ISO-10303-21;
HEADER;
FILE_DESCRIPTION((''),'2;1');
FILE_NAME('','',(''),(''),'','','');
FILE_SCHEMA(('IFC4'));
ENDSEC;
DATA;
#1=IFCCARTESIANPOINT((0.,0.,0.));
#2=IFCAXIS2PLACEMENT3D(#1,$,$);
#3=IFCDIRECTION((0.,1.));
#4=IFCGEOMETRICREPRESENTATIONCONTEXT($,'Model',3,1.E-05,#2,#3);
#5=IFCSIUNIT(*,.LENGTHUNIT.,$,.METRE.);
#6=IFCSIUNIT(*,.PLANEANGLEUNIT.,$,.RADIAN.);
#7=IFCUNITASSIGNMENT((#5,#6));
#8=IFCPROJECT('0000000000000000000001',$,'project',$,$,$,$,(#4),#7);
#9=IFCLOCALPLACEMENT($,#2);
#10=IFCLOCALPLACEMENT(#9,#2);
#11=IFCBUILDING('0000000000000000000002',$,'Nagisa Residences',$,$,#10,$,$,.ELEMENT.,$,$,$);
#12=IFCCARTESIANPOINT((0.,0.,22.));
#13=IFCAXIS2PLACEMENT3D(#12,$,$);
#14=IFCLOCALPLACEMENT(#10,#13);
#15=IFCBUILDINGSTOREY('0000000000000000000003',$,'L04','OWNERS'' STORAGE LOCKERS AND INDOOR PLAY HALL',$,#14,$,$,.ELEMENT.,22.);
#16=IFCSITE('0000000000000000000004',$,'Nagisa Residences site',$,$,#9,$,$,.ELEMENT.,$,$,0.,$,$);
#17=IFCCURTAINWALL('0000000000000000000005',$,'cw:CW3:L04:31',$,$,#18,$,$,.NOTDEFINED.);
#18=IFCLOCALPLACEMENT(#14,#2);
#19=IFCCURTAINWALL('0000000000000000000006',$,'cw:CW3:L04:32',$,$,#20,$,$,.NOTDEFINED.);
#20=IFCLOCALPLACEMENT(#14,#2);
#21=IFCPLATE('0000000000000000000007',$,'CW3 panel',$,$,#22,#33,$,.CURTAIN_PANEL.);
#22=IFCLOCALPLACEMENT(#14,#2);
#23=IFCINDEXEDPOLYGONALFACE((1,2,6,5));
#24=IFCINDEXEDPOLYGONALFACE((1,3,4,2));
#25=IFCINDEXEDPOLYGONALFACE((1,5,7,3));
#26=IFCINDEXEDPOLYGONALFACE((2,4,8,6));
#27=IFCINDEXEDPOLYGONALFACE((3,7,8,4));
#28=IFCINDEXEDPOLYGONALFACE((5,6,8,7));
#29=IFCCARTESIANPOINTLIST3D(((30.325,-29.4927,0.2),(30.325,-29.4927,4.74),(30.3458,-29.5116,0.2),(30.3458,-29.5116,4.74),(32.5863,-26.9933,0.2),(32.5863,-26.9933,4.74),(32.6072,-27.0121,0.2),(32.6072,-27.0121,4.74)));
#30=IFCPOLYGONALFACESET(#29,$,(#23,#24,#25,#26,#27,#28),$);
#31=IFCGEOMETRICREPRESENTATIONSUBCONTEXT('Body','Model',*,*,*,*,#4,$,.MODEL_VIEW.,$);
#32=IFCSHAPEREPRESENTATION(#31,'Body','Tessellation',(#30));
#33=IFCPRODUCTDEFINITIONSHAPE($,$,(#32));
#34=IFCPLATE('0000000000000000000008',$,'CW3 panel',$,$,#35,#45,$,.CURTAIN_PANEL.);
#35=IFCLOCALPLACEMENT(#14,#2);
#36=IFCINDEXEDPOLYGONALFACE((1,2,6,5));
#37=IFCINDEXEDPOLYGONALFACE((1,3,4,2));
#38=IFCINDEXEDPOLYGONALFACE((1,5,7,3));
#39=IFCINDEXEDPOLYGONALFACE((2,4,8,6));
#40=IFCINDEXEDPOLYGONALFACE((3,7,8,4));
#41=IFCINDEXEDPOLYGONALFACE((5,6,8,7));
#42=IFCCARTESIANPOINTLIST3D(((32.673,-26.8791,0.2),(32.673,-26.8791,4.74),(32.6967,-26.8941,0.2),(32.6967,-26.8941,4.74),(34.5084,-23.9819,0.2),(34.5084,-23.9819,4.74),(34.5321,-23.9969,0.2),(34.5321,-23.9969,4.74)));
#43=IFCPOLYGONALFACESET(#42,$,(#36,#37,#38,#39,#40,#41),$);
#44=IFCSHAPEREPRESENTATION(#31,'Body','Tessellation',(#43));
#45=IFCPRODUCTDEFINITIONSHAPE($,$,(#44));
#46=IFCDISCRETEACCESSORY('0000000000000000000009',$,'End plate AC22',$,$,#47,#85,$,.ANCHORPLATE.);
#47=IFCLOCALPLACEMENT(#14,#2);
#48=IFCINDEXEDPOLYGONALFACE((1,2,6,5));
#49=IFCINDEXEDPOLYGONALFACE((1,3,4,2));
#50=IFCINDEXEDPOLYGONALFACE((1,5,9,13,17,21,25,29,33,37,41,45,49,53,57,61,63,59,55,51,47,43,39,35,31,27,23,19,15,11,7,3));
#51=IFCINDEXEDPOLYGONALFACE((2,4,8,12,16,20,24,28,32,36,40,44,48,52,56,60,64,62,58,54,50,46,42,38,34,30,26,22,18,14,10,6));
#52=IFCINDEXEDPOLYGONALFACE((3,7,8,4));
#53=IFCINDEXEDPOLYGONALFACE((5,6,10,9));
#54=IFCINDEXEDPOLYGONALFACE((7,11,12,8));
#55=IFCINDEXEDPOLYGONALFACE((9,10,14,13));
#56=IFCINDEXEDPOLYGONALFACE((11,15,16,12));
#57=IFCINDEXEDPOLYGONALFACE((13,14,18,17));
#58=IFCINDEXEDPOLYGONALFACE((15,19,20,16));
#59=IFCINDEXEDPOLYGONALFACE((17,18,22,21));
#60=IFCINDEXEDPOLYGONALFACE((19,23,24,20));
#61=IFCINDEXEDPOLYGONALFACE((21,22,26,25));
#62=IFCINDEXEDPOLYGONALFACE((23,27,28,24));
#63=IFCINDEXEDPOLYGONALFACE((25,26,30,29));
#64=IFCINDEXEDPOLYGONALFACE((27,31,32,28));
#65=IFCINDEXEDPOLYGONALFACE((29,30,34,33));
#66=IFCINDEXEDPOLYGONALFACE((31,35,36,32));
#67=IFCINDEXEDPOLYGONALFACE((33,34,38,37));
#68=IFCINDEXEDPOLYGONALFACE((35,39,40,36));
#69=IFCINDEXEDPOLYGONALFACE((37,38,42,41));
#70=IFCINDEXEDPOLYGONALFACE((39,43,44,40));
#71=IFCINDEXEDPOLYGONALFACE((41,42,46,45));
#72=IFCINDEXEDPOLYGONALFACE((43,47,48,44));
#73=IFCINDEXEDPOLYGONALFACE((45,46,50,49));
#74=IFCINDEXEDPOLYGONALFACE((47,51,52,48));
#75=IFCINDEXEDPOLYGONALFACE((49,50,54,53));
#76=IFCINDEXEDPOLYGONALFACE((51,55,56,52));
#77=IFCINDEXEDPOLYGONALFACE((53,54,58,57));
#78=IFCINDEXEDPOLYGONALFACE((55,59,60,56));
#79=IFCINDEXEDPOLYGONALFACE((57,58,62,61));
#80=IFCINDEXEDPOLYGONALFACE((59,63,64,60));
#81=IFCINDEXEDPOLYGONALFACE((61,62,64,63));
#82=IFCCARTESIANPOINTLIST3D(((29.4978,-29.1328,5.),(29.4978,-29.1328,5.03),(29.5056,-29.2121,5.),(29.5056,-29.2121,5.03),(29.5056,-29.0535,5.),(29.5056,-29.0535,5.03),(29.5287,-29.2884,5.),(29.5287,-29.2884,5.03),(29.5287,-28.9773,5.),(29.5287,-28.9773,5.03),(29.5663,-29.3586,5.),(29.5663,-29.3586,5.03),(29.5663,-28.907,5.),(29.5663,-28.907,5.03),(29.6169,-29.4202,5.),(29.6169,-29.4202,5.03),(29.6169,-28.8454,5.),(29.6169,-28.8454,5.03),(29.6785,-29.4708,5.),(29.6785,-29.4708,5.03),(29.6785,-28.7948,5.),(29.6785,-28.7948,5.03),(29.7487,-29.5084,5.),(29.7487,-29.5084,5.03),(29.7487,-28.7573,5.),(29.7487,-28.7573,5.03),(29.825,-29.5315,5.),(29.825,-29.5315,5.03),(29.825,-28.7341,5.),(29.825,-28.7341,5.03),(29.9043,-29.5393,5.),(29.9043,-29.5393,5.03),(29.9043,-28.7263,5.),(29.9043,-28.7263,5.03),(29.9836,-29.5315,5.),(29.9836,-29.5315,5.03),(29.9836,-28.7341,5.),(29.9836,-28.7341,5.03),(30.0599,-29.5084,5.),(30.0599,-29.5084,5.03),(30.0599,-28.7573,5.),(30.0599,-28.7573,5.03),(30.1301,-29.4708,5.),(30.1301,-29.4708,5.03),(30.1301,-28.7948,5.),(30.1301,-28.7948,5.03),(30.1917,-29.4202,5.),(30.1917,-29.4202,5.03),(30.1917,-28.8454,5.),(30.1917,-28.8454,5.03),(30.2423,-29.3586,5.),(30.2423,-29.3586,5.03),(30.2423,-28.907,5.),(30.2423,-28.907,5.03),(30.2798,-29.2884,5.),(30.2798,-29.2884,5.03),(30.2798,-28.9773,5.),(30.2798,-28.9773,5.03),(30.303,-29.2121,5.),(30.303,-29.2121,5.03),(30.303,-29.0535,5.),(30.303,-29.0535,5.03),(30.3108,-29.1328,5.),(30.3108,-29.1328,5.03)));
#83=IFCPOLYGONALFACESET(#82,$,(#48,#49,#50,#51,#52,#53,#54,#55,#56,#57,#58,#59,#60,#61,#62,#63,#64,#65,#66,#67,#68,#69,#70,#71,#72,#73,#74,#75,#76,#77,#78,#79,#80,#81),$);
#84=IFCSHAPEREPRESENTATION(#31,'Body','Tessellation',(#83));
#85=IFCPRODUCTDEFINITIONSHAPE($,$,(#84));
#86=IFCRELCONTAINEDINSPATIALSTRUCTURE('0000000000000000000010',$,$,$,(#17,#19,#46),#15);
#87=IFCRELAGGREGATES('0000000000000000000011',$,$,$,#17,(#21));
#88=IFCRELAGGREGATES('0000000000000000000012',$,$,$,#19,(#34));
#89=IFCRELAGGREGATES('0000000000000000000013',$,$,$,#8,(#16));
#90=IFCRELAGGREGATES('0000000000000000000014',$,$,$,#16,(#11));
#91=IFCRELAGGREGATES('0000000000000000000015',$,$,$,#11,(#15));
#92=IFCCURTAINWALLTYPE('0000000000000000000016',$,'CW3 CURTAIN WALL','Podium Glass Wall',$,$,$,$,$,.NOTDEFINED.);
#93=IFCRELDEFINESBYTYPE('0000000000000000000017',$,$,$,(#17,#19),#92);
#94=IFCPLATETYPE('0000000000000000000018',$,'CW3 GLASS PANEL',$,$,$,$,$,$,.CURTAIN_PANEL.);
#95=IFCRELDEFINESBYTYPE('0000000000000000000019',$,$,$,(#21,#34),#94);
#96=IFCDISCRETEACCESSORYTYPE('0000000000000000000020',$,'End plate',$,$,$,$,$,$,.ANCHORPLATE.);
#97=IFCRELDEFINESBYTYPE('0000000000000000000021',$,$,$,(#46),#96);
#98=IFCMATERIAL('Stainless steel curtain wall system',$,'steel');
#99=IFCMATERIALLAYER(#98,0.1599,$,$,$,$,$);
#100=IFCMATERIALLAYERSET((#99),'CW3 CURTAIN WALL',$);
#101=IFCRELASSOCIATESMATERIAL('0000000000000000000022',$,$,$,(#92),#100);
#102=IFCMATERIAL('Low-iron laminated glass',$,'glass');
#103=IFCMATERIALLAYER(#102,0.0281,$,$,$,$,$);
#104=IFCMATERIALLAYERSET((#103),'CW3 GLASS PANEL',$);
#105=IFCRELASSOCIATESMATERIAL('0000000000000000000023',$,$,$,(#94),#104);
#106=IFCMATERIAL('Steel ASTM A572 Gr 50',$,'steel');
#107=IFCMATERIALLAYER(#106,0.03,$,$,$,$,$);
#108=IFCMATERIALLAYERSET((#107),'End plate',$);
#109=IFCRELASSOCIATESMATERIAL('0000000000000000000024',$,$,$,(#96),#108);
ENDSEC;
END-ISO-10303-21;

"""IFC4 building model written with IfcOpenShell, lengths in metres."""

from ifc_helpers import new_model, si_unit, direction, frame, origin, origin_2d, place, context, subcontext, project, spatial, rectangle, circle, extrude, material, layer, layer_set, type_object, element, aggregate, save


model = new_model("IFC4")

# Units and contexts
model_context = context("Model", 3, precision=1e-05, world=origin(), true_north=direction((0.0, 1.0)))
body_context = subcontext(model_context, "Body", "Model", "MODEL_VIEW")
ifc_project = project(units=[si_unit("LENGTHUNIT", "METRE"), si_unit("PLANEANGLEUNIT", "RADIAN")], contexts=[model_context])

# Site, building, storey
site_placement = place(None, origin())
site = spatial("IfcSite", under=ifc_project, at=site_placement, Name="Nagisa Residences site", CompositionType="ELEMENT", RefElevation=0.0)
building_placement = place(site_placement, origin())
building = spatial("IfcBuilding", under=site, at=building_placement, Name="Nagisa Residences", CompositionType="ELEMENT")
storey_placement = place(building_placement, frame((0.0, 0.0, 22.0)))
storey = spatial("IfcBuildingStorey", under=building, at=storey_placement, Name="L04", Description="OWNERS' STORAGE LOCKERS AND INDOOR PLAY HALL", CompositionType="ELEMENT", Elevation=22.0)

# Curtain walls
ifc_material_1 = material(Name="Stainless steel curtain wall system", Category="steel")
ifc_layer_1 = layer(ifc_material_1, 0.1599)
ifc_layer_set_1 = layer_set([ifc_layer_1], Name="CW3 CURTAIN WALL")
curtain_wall_type_1 = type_object("IfcCurtainWallType", Name="CW3 CURTAIN WALL", Description="Podium Glass Wall", PredefinedType="NOTDEFINED", material=ifc_layer_set_1)
curtain_wall_1_placement = place(storey_placement, origin())
curtain_wall_1 = element("IfcCurtainWall", 1, at=curtain_wall_1_placement, inside=storey, type_object=curtain_wall_type_1, Name="cw:CW3:L04:31", PredefinedType="NOTDEFINED")
curtain_wall_2_placement = place(storey_placement, origin())
curtain_wall_2 = element("IfcCurtainWall", 2, at=curtain_wall_2_placement, inside=storey, type_object=curtain_wall_type_1, Name="cw:CW3:L04:32", PredefinedType="NOTDEFINED")

# Plates
ifc_material_2 = material(Name="Low-iron laminated glass", Category="glass")
ifc_layer_2 = layer(ifc_material_2, 0.0281)
ifc_layer_set_2 = layer_set([ifc_layer_2], Name="CW3 GLASS PANEL")
plate_type = type_object("IfcPlateType", Name="CW3 GLASS PANEL", PredefinedType="CURTAIN_PANEL", material=ifc_layer_set_2)
plate_1_placement = place(storey_placement, frame((31.4661, -28.2524, 0.2), z_axis=(0.0, 0.0, 1.0), x_axis=(0.670913, 0.741536, 0.0)))
plate_1 = element("IfcPlate", 3, at=plate_1_placement, type_object=plate_type, Name="CW3 panel", PredefinedType="CURTAIN_PANEL", context=body_context, shape_type="SweptSolid", body=[
    extrude(rectangle(XDim=3.3706, YDim=0.0281, at=origin_2d()), origin(), (0.0, 0.0, 1.0), 4.54),
])
aggregate(curtain_wall_1, [plate_1])
plate_2_placement = place(storey_placement, frame((33.6025, -25.438, 0.2), z_axis=(0.0, 0.0, 1.0), x_axis=(0.535165, 0.844747, 0.0)))
plate_2 = element("IfcPlate", 4, at=plate_2_placement, type_object=plate_type, Name="CW3 panel", PredefinedType="CURTAIN_PANEL", context=body_context, shape_type="SweptSolid", body=[
    extrude(rectangle(XDim=3.4297, YDim=0.0281, at=origin_2d()), origin(), (0.0, 0.0, 1.0), 4.54),
])
aggregate(curtain_wall_2, [plate_2])

# Discrete accessory
ifc_material_3 = material(Name="Steel ASTM A572 Gr 50", Category="steel")
ifc_layer_3 = layer(ifc_material_3, 0.03)
ifc_layer_set_3 = layer_set([ifc_layer_3], Name="End plate")
discrete_accessory_type = type_object("IfcDiscreteAccessoryType", Name="End plate", PredefinedType="ANCHORPLATE", material=ifc_layer_set_3)
discrete_accessory_placement = place(storey_placement, frame((29.9043, -29.1328, 5.0), z_axis=(0.0, 0.0, 1.0), x_axis=(1.0, 0.0, 0.0)))
element("IfcDiscreteAccessory", 5, at=discrete_accessory_placement, inside=storey, type_object=discrete_accessory_type, Name="End plate AC22", PredefinedType="ANCHORPLATE", context=body_context, shape_type="SweptSolid", body=[
    extrude(circle(Radius=0.4065, at=origin_2d()), origin(), (0.0, 0.0, 1.0), 0.03),
])

save(model, "model.ifc")
